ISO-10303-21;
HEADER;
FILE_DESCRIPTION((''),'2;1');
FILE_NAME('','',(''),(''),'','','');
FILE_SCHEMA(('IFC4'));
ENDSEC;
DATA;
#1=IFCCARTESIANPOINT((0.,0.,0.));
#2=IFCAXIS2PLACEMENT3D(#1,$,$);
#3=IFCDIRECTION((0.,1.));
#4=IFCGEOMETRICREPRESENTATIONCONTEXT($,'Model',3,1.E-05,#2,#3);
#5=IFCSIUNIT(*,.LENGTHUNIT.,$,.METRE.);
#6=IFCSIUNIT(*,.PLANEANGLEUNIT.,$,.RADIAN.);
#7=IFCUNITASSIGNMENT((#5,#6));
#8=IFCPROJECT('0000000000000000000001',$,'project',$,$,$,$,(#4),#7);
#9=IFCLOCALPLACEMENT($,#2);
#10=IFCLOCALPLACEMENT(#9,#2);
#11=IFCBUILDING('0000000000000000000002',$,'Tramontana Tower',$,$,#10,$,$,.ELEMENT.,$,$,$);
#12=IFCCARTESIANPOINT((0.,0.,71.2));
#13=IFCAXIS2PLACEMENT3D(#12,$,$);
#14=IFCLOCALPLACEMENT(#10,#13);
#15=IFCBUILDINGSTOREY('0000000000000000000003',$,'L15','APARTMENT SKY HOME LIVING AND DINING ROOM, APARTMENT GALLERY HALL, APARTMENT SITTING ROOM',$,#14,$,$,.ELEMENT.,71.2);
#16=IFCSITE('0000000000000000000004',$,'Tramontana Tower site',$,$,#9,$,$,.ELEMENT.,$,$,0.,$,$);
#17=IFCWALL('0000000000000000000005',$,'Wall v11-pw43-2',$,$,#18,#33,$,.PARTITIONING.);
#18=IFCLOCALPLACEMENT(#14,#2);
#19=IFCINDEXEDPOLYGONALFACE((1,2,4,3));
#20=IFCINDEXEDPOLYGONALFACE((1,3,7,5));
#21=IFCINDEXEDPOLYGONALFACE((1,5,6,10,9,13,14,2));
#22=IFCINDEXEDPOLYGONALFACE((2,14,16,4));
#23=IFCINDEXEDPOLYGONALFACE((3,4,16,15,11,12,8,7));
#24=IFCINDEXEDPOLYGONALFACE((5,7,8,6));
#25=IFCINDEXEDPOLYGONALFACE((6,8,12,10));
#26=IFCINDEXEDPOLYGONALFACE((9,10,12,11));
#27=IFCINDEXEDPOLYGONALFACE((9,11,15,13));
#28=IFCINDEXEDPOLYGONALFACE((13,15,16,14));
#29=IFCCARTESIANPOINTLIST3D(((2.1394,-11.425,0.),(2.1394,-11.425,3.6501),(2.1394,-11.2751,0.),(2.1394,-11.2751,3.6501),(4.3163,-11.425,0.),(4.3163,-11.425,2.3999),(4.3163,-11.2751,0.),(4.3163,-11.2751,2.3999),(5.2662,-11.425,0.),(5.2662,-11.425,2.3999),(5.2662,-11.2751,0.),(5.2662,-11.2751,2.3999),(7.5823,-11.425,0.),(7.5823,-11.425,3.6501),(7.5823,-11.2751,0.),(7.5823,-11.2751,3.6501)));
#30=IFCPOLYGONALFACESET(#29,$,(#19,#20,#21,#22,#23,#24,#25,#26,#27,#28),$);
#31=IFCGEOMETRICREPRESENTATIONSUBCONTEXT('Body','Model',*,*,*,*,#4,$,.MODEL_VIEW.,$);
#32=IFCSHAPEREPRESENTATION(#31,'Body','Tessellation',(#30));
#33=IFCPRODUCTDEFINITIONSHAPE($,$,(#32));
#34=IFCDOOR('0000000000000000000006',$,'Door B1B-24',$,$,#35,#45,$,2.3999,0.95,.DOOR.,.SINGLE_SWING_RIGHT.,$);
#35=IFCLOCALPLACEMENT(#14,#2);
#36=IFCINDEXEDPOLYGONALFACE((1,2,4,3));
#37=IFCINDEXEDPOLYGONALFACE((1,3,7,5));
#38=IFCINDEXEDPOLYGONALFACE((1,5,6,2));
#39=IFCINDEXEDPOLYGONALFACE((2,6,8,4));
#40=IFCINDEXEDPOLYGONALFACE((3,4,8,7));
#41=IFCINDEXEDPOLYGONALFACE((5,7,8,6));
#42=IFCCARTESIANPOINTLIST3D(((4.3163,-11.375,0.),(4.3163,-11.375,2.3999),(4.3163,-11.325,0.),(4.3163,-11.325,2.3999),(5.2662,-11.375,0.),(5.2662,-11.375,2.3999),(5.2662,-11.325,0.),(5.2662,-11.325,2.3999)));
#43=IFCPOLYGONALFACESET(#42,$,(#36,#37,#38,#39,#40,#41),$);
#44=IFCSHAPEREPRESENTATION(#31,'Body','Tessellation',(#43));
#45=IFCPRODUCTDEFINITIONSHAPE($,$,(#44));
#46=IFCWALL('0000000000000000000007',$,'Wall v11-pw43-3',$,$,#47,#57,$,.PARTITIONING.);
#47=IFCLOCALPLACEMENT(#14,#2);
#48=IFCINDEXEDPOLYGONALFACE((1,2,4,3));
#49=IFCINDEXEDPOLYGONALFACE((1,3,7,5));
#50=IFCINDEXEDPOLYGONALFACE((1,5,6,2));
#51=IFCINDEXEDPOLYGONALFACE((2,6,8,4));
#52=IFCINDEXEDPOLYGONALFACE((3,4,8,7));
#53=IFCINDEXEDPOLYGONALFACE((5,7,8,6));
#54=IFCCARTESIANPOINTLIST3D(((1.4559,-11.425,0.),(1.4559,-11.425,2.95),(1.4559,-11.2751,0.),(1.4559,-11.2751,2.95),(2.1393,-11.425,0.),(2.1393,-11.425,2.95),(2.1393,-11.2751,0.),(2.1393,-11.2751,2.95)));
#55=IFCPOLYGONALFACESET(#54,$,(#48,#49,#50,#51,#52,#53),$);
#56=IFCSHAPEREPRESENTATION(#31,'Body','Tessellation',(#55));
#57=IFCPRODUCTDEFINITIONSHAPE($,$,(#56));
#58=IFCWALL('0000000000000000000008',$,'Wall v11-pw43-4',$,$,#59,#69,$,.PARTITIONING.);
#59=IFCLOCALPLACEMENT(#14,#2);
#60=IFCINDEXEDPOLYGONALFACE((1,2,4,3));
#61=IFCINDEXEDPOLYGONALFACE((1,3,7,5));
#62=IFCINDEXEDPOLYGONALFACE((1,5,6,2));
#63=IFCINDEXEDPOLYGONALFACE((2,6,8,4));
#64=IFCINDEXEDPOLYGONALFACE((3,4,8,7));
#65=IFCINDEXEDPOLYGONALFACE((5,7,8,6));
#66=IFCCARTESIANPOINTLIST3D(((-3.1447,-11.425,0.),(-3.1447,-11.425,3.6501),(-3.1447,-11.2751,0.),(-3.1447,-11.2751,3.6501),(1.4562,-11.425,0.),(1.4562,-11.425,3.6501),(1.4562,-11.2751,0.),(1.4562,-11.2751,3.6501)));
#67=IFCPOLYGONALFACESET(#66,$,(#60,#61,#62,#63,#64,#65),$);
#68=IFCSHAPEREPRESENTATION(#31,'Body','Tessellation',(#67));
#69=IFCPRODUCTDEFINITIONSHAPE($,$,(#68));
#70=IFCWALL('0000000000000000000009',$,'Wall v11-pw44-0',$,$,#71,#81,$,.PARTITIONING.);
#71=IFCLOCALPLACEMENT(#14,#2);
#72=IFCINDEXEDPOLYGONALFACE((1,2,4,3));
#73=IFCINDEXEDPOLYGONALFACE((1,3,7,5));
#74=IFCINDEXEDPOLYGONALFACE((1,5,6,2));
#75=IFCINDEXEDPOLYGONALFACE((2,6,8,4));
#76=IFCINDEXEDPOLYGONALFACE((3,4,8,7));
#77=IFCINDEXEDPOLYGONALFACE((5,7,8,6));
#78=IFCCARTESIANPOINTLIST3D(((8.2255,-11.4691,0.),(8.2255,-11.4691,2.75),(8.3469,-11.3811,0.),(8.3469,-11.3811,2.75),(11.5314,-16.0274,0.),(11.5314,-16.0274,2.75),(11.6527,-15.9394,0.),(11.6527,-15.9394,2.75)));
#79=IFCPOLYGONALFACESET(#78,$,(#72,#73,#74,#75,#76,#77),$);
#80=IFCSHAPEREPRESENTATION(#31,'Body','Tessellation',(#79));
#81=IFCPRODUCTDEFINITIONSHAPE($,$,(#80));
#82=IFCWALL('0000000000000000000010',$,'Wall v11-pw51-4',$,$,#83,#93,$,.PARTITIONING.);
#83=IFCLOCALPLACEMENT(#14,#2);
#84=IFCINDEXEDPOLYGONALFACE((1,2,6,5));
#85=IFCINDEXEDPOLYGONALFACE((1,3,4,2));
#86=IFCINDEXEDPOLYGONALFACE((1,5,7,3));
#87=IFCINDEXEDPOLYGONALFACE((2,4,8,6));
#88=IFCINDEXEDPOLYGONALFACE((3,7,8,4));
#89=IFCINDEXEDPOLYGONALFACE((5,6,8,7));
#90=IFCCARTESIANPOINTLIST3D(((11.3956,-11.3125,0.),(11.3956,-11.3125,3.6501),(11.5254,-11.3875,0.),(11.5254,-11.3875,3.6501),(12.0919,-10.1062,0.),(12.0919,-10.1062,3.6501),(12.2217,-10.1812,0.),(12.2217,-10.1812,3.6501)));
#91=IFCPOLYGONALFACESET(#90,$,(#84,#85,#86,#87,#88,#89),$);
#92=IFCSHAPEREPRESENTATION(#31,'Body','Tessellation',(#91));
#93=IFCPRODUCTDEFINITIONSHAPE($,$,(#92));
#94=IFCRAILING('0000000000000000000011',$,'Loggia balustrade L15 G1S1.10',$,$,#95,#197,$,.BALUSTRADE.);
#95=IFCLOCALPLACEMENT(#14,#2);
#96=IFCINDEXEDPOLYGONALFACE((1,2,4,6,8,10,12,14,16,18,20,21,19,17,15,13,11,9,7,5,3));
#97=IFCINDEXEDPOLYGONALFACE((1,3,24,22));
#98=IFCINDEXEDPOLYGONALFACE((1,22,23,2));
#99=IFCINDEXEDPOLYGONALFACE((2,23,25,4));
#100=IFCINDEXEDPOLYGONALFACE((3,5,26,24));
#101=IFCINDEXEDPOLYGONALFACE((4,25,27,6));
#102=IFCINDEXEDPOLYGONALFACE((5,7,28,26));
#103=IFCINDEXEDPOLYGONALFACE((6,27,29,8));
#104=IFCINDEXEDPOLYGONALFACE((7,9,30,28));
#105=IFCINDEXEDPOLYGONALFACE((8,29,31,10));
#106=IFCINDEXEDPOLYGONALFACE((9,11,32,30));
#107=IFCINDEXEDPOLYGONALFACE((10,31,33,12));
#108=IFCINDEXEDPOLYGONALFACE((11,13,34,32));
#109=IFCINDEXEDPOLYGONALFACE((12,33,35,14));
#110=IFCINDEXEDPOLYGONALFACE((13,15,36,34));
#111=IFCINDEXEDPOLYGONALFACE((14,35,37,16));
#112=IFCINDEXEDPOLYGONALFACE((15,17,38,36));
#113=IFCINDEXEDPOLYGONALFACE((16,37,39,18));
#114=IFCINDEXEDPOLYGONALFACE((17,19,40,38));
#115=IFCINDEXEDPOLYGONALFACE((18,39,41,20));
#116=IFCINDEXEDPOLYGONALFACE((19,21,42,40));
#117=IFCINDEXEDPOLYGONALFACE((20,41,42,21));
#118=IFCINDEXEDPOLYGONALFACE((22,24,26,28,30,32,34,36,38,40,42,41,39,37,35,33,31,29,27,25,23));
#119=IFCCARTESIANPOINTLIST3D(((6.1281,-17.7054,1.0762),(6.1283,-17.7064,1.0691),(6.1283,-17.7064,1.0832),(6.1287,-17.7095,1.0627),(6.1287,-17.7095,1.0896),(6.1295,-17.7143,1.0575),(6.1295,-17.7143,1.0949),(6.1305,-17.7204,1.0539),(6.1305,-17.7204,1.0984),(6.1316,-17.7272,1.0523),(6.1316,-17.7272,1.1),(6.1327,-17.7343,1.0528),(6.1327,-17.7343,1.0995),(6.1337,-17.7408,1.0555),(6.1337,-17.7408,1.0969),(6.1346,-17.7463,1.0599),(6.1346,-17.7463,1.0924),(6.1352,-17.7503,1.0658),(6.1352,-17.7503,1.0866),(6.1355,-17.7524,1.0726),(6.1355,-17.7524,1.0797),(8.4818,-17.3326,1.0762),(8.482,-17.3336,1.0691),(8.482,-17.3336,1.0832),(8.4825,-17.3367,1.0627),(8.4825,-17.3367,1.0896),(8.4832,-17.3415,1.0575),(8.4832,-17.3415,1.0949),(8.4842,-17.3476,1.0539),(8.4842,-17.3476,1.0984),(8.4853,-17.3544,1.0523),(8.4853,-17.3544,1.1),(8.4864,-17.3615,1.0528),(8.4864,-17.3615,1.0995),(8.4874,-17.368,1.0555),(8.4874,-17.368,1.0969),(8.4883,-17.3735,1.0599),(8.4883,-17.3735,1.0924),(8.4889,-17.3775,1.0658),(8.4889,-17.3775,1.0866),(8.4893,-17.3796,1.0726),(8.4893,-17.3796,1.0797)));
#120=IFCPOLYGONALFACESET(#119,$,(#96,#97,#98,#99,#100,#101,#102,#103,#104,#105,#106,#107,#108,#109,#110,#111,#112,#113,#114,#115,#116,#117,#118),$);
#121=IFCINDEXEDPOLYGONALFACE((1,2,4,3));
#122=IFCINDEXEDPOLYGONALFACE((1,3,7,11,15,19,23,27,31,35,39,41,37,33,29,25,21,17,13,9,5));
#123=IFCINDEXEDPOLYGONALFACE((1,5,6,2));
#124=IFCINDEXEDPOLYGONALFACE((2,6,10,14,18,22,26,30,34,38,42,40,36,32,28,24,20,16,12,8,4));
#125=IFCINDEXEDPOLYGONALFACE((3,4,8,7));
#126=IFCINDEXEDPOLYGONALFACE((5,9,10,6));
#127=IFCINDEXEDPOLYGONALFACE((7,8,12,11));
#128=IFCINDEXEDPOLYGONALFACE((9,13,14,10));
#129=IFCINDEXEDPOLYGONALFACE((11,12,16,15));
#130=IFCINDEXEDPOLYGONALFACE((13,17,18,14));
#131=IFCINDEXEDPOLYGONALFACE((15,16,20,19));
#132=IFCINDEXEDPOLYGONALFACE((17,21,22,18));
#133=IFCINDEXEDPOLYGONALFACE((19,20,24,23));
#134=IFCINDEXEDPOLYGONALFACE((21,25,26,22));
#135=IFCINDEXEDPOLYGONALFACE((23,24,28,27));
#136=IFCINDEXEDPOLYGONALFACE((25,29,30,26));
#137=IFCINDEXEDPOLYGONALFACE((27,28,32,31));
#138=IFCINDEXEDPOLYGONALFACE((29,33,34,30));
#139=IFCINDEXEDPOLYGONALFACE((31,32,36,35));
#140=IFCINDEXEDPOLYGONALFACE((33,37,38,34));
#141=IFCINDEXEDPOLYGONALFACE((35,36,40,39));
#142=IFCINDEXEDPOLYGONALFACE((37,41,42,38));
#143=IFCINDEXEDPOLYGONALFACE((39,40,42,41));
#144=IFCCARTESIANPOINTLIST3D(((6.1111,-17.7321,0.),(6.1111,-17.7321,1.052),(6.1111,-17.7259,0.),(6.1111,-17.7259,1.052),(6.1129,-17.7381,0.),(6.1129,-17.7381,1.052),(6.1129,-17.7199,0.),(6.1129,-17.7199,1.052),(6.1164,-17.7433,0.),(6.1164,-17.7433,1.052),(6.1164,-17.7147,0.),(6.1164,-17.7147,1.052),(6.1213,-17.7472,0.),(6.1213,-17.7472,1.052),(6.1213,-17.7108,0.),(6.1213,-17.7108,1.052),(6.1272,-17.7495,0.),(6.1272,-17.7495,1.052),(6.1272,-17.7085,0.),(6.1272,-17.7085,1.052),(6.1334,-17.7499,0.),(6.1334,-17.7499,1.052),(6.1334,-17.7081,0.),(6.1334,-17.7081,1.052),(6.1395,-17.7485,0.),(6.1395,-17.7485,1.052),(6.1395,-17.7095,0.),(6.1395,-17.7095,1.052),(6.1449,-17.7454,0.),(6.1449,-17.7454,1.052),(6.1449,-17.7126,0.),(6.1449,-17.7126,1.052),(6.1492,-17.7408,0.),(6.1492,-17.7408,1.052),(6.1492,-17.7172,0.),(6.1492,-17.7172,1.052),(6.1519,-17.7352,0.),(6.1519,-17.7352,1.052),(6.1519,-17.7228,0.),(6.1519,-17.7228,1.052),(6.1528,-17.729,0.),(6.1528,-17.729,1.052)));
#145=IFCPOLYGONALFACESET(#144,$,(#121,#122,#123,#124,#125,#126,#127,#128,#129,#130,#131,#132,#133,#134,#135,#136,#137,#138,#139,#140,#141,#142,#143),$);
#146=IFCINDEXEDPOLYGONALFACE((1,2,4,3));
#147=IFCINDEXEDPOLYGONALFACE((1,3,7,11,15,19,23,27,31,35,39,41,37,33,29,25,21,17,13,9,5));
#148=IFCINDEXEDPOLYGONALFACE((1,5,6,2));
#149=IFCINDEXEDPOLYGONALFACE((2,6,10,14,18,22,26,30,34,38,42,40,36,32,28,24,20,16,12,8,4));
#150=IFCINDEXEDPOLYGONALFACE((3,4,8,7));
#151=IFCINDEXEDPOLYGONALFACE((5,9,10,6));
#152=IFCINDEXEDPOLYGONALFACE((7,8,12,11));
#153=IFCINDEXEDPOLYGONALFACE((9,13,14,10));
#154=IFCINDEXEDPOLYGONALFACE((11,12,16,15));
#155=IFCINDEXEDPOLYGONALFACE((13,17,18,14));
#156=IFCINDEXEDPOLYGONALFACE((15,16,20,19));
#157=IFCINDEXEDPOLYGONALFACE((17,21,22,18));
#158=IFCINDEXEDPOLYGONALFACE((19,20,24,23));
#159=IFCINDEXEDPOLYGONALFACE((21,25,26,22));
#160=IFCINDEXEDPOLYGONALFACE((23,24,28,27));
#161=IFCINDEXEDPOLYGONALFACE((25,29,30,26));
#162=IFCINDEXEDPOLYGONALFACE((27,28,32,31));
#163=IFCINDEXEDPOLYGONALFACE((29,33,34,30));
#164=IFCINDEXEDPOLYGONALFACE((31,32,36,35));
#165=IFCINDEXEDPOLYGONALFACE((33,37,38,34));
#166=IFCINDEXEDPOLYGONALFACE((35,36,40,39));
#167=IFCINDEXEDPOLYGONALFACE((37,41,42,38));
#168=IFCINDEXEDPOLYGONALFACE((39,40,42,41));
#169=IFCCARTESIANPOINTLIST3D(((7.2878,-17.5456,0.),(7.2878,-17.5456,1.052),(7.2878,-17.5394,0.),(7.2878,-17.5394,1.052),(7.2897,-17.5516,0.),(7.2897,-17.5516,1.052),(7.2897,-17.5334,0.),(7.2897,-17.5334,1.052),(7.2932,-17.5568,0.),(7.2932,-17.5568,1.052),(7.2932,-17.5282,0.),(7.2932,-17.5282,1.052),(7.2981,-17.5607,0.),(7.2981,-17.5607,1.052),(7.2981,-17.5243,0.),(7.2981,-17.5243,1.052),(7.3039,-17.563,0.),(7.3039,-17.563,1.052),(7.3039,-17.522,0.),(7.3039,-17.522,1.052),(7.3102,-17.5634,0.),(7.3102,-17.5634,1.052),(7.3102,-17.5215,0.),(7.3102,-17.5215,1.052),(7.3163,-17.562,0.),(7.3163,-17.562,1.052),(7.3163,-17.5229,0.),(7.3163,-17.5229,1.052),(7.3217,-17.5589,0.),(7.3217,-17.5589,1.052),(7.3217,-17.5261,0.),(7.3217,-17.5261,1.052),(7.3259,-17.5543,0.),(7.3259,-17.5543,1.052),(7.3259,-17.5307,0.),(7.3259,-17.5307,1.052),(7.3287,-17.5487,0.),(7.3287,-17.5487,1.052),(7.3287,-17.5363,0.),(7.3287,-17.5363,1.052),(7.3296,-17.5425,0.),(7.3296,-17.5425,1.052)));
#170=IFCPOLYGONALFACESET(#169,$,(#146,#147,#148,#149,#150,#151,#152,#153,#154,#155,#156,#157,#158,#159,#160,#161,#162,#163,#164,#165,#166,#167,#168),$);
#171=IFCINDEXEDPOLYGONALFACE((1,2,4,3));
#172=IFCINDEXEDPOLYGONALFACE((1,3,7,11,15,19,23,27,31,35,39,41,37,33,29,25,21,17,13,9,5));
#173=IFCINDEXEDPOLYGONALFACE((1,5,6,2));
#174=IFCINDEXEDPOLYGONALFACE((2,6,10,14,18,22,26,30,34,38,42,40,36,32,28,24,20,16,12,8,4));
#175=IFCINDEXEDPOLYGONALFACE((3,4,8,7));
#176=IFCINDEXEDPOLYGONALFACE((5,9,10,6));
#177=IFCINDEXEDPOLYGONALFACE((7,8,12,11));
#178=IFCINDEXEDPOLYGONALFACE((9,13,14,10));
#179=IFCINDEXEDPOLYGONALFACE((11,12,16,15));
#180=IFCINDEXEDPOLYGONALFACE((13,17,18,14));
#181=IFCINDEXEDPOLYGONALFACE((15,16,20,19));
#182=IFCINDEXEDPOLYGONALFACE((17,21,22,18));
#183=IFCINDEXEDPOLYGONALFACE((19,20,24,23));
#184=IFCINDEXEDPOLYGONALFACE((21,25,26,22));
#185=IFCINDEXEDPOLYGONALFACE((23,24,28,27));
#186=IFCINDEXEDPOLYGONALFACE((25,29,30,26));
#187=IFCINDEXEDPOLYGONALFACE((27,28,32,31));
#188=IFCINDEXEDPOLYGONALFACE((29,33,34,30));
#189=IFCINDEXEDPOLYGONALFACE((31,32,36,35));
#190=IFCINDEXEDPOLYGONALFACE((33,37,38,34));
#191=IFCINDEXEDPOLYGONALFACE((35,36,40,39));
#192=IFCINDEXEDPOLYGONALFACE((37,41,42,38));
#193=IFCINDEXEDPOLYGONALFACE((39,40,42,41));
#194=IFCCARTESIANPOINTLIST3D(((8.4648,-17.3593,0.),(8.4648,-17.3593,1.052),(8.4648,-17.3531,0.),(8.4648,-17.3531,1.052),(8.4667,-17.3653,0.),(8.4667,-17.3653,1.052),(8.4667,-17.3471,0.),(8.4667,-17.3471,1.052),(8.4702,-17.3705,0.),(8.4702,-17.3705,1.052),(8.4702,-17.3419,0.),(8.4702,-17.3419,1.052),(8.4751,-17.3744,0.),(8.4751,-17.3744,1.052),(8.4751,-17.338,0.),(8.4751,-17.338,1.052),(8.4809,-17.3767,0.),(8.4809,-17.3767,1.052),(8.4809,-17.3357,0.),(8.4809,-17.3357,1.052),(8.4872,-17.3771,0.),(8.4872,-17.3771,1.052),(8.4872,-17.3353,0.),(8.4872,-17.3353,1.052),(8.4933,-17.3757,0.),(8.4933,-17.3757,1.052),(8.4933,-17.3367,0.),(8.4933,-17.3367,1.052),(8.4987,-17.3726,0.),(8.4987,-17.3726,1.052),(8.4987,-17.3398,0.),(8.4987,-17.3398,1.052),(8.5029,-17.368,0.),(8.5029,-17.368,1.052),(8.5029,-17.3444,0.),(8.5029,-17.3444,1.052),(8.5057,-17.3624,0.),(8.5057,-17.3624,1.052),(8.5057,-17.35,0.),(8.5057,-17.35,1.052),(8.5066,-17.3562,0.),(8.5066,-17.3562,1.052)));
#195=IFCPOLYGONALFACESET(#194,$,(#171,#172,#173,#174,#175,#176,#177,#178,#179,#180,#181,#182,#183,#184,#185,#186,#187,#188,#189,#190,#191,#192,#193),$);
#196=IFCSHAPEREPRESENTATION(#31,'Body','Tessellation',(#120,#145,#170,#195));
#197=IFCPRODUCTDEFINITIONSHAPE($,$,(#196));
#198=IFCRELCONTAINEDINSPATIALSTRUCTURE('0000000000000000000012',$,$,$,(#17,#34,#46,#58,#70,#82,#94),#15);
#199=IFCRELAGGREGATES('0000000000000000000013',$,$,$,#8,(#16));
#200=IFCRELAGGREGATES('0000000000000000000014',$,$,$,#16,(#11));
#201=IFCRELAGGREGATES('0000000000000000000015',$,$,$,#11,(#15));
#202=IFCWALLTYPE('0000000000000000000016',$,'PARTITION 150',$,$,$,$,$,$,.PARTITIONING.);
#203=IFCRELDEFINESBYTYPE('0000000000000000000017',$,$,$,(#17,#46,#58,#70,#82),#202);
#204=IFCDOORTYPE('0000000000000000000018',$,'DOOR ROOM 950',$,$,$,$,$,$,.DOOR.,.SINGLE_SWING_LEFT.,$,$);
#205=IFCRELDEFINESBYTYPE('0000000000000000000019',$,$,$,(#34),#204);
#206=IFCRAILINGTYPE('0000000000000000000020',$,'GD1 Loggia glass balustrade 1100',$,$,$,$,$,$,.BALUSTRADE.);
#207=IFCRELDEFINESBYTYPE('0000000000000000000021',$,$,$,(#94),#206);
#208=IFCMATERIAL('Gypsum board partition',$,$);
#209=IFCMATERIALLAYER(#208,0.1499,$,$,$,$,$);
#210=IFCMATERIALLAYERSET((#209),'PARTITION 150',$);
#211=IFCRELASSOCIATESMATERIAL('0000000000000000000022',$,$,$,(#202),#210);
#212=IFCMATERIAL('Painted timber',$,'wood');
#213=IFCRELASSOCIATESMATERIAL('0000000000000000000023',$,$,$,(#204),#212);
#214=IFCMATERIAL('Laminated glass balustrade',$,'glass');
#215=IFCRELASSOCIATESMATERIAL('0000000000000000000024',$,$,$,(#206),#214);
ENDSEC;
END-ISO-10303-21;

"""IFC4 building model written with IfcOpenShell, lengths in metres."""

from ifc_helpers import new_model, si_unit, direction, frame, frame_2d, origin, origin_2d, place, context, subcontext, project, spatial, rectangle, circle, extrude, material, layer, layer_set, type_object, element, fill, save


model = new_model("IFC4")

# Units and contexts
model_context = context("Model", 3, precision=1e-05, world=origin(), true_north=direction((0.0, 1.0)))
body_context = subcontext(model_context, "Body", "Model", "MODEL_VIEW")
ifc_project = project(units=[si_unit("LENGTHUNIT", "METRE"), si_unit("PLANEANGLEUNIT", "RADIAN")], contexts=[model_context])

# Site, building, storey
site_placement = place(None, origin())
site = spatial("IfcSite", under=ifc_project, at=site_placement, Name="Tramontana Tower site", CompositionType="ELEMENT", RefElevation=0.0)
building_placement = place(site_placement, origin())
building = spatial("IfcBuilding", under=site, at=building_placement, Name="Tramontana Tower", CompositionType="ELEMENT")
storey_placement = place(building_placement, frame((0.0, 0.0, 71.2)))
storey = spatial("IfcBuildingStorey", under=building, at=storey_placement, Name="L15", Description="APARTMENT SKY HOME LIVING AND DINING ROOM, APARTMENT GALLERY HALL, APARTMENT SITTING ROOM", CompositionType="ELEMENT", Elevation=71.2)

# Shared definitions
ifc_material_1 = material(Name="Gypsum board partition")
ifc_layer_1 = layer(ifc_material_1, 0.1499)
ifc_layer_set_1 = layer_set([ifc_layer_1], Name="PARTITION 150")
wall_type_1 = type_object("IfcWallType", Name="PARTITION 150", PredefinedType="PARTITIONING", material=ifc_layer_set_1)

# Wall, opening, door
wall_1_placement = place(storey_placement, frame((7.5823, -11.3501, 0.0), z_axis=(0.0, 0.0, 1.0), x_axis=(-1.0, 0.0, 0.0)))
wall_1 = element("IfcWall", 1, at=wall_1_placement, inside=storey, type_object=wall_type_1, Name="Wall v11-pw43-2", PredefinedType="PARTITIONING", context=body_context, shape_type="SweptSolid", body=[
    extrude(rectangle(XDim=5.4429, YDim=0.1499, at=frame_2d((2.7214, 0.0))), origin(), (0.0, 0.0, 1.0), 3.6501),
])
opening_1_placement = place(wall_1_placement, frame((2.3159, 0.0, 0.0)))
opening_1 = element("IfcOpeningElement", 2, at=opening_1_placement, cuts=wall_1, PredefinedType="OPENING", context=body_context, shape_type="SweptSolid", body=[
    extrude(rectangle(XDim=0.95, YDim=2.3999, at=frame_2d((0.4751, 1.2))), frame((0.0, 0.085, 0.0), z_axis=(0.0, -1.0, 0.0), x_axis=(1.0, 0.0, 0.0)), (0.0, 0.0, 1.0), 0.1699),
])
ifc_material_2 = material(Name="Painted timber", Category="wood")
door_type_1 = type_object("IfcDoorType", Name="DOOR ROOM 950", OperationType="SINGLE_SWING_LEFT", PredefinedType="DOOR", material=ifc_material_2)
door_1_placement = place(opening_1_placement, origin())
door_1 = element("IfcDoor", 3, at=door_1_placement, inside=storey, type_object=door_type_1, Name="Door B1B-24", OperationType="SINGLE_SWING_RIGHT", OverallHeight=2.3999, OverallWidth=0.95, PredefinedType="DOOR", context=body_context, shape_type="SweptSolid", body=[
    extrude(rectangle(XDim=0.95, YDim=2.3999, at=frame_2d((0.4751, 1.2))), frame((0.0, 0.0249, 0.0), z_axis=(0.0, -1.0, 0.0), x_axis=(1.0, 0.0, 0.0)), (0.0, 0.0, 1.0), 0.05),
])
fill(opening_1, door_1)

# Walls
wall_2_placement = place(storey_placement, frame((2.1394, -11.3501, 0.0), z_axis=(0.0, 0.0, 1.0), x_axis=(-1.0, 0.0, 0.0)))
element("IfcWall", 4, at=wall_2_placement, inside=storey, type_object=wall_type_1, Name="Wall v11-pw43-3", PredefinedType="PARTITIONING", context=body_context, shape_type="SweptSolid", body=[
    extrude(rectangle(XDim=0.6833, YDim=0.1499, at=frame_2d((0.3418, 0.0))), origin(), (0.0, 0.0, 1.0), 2.95),
])
wall_3_placement = place(storey_placement, frame((1.4561, -11.3501, 0.0), z_axis=(0.0, 0.0, 1.0), x_axis=(-1.0, 0.0, 0.0)))
element("IfcWall", 5, at=wall_3_placement, inside=storey, type_object=wall_type_1, Name="Wall v11-pw43-4", PredefinedType="PARTITIONING", context=body_context, shape_type="SweptSolid", body=[
    extrude(rectangle(XDim=4.6008, YDim=0.1499, at=frame_2d((2.3003, 0.0))), origin(), (0.0, 0.0, 1.0), 3.6501),
])
wall_4_placement = place(storey_placement, frame((11.592, -15.9834, 0.0), z_axis=(0.0, 0.0, 1.0), x_axis=(-0.587096, 0.809517, 0.0)))
element("IfcWall", 6, at=wall_4_placement, inside=storey, type_object=wall_type_1, Name="Wall v11-pw44-0", PredefinedType="PARTITIONING", context=body_context, shape_type="SweptSolid", body=[
    extrude(rectangle(XDim=5.6309, YDim=0.1499, at=frame_2d((2.8154, 0.0))), origin(), (0.0, 0.0, 1.0), 2.75),
])
wall_5_placement = place(storey_placement, frame((12.1567, -10.1438, 0.0), z_axis=(0.0, 0.0, 1.0), x_axis=(-0.49991, -0.866078, 0.0)))
element("IfcWall", 7, at=wall_5_placement, inside=storey, type_object=wall_type_1, Name="Wall v11-pw51-4", PredefinedType="PARTITIONING", context=body_context, shape_type="SweptSolid", body=[
    extrude(rectangle(XDim=1.3928, YDim=0.1499, at=frame_2d((0.6963, 0.0))), origin(), (0.0, 0.0, 1.0), 3.6501),
])

# Railing
ifc_material_3 = material(Name="Laminated glass balustrade", Category="glass")
railing_type = type_object("IfcRailingType", Name="GD1 Loggia glass balustrade 1100", PredefinedType="BALUSTRADE", material=ifc_material_3)
railing_placement = place(storey_placement, frame((6.1318, -17.729, 0.0)))
element("IfcRailing", 8, at=railing_placement, inside=storey, type_object=railing_type, Name="Loggia balustrade L15 G1S1.10", PredefinedType="BALUSTRADE", context=body_context, shape_type="SweptSolid", body=[
    extrude(circle(Radius=0.0239, at=origin_2d()), frame((0.0, 0.0, 1.0762), z_axis=(0.987688, 0.156436, 0.0), x_axis=(-0.156436, 0.987688, 0.0)), (0.0, 0.0, 1.0), 2.3831),
    extrude(circle(Radius=0.021, at=origin_2d()), origin(), (0.0, 0.0, 1.0), 1.052),
    extrude(circle(Radius=0.021, at=origin_2d()), frame((1.1768, 0.1865, 0.0)), (0.0, 0.0, 1.0), 1.052),
    extrude(circle(Radius=0.021, at=origin_2d()), frame((2.3538, 0.3728, 0.0)), (0.0, 0.0, 1.0), 1.052),
])

save(model, "model.ifc")
